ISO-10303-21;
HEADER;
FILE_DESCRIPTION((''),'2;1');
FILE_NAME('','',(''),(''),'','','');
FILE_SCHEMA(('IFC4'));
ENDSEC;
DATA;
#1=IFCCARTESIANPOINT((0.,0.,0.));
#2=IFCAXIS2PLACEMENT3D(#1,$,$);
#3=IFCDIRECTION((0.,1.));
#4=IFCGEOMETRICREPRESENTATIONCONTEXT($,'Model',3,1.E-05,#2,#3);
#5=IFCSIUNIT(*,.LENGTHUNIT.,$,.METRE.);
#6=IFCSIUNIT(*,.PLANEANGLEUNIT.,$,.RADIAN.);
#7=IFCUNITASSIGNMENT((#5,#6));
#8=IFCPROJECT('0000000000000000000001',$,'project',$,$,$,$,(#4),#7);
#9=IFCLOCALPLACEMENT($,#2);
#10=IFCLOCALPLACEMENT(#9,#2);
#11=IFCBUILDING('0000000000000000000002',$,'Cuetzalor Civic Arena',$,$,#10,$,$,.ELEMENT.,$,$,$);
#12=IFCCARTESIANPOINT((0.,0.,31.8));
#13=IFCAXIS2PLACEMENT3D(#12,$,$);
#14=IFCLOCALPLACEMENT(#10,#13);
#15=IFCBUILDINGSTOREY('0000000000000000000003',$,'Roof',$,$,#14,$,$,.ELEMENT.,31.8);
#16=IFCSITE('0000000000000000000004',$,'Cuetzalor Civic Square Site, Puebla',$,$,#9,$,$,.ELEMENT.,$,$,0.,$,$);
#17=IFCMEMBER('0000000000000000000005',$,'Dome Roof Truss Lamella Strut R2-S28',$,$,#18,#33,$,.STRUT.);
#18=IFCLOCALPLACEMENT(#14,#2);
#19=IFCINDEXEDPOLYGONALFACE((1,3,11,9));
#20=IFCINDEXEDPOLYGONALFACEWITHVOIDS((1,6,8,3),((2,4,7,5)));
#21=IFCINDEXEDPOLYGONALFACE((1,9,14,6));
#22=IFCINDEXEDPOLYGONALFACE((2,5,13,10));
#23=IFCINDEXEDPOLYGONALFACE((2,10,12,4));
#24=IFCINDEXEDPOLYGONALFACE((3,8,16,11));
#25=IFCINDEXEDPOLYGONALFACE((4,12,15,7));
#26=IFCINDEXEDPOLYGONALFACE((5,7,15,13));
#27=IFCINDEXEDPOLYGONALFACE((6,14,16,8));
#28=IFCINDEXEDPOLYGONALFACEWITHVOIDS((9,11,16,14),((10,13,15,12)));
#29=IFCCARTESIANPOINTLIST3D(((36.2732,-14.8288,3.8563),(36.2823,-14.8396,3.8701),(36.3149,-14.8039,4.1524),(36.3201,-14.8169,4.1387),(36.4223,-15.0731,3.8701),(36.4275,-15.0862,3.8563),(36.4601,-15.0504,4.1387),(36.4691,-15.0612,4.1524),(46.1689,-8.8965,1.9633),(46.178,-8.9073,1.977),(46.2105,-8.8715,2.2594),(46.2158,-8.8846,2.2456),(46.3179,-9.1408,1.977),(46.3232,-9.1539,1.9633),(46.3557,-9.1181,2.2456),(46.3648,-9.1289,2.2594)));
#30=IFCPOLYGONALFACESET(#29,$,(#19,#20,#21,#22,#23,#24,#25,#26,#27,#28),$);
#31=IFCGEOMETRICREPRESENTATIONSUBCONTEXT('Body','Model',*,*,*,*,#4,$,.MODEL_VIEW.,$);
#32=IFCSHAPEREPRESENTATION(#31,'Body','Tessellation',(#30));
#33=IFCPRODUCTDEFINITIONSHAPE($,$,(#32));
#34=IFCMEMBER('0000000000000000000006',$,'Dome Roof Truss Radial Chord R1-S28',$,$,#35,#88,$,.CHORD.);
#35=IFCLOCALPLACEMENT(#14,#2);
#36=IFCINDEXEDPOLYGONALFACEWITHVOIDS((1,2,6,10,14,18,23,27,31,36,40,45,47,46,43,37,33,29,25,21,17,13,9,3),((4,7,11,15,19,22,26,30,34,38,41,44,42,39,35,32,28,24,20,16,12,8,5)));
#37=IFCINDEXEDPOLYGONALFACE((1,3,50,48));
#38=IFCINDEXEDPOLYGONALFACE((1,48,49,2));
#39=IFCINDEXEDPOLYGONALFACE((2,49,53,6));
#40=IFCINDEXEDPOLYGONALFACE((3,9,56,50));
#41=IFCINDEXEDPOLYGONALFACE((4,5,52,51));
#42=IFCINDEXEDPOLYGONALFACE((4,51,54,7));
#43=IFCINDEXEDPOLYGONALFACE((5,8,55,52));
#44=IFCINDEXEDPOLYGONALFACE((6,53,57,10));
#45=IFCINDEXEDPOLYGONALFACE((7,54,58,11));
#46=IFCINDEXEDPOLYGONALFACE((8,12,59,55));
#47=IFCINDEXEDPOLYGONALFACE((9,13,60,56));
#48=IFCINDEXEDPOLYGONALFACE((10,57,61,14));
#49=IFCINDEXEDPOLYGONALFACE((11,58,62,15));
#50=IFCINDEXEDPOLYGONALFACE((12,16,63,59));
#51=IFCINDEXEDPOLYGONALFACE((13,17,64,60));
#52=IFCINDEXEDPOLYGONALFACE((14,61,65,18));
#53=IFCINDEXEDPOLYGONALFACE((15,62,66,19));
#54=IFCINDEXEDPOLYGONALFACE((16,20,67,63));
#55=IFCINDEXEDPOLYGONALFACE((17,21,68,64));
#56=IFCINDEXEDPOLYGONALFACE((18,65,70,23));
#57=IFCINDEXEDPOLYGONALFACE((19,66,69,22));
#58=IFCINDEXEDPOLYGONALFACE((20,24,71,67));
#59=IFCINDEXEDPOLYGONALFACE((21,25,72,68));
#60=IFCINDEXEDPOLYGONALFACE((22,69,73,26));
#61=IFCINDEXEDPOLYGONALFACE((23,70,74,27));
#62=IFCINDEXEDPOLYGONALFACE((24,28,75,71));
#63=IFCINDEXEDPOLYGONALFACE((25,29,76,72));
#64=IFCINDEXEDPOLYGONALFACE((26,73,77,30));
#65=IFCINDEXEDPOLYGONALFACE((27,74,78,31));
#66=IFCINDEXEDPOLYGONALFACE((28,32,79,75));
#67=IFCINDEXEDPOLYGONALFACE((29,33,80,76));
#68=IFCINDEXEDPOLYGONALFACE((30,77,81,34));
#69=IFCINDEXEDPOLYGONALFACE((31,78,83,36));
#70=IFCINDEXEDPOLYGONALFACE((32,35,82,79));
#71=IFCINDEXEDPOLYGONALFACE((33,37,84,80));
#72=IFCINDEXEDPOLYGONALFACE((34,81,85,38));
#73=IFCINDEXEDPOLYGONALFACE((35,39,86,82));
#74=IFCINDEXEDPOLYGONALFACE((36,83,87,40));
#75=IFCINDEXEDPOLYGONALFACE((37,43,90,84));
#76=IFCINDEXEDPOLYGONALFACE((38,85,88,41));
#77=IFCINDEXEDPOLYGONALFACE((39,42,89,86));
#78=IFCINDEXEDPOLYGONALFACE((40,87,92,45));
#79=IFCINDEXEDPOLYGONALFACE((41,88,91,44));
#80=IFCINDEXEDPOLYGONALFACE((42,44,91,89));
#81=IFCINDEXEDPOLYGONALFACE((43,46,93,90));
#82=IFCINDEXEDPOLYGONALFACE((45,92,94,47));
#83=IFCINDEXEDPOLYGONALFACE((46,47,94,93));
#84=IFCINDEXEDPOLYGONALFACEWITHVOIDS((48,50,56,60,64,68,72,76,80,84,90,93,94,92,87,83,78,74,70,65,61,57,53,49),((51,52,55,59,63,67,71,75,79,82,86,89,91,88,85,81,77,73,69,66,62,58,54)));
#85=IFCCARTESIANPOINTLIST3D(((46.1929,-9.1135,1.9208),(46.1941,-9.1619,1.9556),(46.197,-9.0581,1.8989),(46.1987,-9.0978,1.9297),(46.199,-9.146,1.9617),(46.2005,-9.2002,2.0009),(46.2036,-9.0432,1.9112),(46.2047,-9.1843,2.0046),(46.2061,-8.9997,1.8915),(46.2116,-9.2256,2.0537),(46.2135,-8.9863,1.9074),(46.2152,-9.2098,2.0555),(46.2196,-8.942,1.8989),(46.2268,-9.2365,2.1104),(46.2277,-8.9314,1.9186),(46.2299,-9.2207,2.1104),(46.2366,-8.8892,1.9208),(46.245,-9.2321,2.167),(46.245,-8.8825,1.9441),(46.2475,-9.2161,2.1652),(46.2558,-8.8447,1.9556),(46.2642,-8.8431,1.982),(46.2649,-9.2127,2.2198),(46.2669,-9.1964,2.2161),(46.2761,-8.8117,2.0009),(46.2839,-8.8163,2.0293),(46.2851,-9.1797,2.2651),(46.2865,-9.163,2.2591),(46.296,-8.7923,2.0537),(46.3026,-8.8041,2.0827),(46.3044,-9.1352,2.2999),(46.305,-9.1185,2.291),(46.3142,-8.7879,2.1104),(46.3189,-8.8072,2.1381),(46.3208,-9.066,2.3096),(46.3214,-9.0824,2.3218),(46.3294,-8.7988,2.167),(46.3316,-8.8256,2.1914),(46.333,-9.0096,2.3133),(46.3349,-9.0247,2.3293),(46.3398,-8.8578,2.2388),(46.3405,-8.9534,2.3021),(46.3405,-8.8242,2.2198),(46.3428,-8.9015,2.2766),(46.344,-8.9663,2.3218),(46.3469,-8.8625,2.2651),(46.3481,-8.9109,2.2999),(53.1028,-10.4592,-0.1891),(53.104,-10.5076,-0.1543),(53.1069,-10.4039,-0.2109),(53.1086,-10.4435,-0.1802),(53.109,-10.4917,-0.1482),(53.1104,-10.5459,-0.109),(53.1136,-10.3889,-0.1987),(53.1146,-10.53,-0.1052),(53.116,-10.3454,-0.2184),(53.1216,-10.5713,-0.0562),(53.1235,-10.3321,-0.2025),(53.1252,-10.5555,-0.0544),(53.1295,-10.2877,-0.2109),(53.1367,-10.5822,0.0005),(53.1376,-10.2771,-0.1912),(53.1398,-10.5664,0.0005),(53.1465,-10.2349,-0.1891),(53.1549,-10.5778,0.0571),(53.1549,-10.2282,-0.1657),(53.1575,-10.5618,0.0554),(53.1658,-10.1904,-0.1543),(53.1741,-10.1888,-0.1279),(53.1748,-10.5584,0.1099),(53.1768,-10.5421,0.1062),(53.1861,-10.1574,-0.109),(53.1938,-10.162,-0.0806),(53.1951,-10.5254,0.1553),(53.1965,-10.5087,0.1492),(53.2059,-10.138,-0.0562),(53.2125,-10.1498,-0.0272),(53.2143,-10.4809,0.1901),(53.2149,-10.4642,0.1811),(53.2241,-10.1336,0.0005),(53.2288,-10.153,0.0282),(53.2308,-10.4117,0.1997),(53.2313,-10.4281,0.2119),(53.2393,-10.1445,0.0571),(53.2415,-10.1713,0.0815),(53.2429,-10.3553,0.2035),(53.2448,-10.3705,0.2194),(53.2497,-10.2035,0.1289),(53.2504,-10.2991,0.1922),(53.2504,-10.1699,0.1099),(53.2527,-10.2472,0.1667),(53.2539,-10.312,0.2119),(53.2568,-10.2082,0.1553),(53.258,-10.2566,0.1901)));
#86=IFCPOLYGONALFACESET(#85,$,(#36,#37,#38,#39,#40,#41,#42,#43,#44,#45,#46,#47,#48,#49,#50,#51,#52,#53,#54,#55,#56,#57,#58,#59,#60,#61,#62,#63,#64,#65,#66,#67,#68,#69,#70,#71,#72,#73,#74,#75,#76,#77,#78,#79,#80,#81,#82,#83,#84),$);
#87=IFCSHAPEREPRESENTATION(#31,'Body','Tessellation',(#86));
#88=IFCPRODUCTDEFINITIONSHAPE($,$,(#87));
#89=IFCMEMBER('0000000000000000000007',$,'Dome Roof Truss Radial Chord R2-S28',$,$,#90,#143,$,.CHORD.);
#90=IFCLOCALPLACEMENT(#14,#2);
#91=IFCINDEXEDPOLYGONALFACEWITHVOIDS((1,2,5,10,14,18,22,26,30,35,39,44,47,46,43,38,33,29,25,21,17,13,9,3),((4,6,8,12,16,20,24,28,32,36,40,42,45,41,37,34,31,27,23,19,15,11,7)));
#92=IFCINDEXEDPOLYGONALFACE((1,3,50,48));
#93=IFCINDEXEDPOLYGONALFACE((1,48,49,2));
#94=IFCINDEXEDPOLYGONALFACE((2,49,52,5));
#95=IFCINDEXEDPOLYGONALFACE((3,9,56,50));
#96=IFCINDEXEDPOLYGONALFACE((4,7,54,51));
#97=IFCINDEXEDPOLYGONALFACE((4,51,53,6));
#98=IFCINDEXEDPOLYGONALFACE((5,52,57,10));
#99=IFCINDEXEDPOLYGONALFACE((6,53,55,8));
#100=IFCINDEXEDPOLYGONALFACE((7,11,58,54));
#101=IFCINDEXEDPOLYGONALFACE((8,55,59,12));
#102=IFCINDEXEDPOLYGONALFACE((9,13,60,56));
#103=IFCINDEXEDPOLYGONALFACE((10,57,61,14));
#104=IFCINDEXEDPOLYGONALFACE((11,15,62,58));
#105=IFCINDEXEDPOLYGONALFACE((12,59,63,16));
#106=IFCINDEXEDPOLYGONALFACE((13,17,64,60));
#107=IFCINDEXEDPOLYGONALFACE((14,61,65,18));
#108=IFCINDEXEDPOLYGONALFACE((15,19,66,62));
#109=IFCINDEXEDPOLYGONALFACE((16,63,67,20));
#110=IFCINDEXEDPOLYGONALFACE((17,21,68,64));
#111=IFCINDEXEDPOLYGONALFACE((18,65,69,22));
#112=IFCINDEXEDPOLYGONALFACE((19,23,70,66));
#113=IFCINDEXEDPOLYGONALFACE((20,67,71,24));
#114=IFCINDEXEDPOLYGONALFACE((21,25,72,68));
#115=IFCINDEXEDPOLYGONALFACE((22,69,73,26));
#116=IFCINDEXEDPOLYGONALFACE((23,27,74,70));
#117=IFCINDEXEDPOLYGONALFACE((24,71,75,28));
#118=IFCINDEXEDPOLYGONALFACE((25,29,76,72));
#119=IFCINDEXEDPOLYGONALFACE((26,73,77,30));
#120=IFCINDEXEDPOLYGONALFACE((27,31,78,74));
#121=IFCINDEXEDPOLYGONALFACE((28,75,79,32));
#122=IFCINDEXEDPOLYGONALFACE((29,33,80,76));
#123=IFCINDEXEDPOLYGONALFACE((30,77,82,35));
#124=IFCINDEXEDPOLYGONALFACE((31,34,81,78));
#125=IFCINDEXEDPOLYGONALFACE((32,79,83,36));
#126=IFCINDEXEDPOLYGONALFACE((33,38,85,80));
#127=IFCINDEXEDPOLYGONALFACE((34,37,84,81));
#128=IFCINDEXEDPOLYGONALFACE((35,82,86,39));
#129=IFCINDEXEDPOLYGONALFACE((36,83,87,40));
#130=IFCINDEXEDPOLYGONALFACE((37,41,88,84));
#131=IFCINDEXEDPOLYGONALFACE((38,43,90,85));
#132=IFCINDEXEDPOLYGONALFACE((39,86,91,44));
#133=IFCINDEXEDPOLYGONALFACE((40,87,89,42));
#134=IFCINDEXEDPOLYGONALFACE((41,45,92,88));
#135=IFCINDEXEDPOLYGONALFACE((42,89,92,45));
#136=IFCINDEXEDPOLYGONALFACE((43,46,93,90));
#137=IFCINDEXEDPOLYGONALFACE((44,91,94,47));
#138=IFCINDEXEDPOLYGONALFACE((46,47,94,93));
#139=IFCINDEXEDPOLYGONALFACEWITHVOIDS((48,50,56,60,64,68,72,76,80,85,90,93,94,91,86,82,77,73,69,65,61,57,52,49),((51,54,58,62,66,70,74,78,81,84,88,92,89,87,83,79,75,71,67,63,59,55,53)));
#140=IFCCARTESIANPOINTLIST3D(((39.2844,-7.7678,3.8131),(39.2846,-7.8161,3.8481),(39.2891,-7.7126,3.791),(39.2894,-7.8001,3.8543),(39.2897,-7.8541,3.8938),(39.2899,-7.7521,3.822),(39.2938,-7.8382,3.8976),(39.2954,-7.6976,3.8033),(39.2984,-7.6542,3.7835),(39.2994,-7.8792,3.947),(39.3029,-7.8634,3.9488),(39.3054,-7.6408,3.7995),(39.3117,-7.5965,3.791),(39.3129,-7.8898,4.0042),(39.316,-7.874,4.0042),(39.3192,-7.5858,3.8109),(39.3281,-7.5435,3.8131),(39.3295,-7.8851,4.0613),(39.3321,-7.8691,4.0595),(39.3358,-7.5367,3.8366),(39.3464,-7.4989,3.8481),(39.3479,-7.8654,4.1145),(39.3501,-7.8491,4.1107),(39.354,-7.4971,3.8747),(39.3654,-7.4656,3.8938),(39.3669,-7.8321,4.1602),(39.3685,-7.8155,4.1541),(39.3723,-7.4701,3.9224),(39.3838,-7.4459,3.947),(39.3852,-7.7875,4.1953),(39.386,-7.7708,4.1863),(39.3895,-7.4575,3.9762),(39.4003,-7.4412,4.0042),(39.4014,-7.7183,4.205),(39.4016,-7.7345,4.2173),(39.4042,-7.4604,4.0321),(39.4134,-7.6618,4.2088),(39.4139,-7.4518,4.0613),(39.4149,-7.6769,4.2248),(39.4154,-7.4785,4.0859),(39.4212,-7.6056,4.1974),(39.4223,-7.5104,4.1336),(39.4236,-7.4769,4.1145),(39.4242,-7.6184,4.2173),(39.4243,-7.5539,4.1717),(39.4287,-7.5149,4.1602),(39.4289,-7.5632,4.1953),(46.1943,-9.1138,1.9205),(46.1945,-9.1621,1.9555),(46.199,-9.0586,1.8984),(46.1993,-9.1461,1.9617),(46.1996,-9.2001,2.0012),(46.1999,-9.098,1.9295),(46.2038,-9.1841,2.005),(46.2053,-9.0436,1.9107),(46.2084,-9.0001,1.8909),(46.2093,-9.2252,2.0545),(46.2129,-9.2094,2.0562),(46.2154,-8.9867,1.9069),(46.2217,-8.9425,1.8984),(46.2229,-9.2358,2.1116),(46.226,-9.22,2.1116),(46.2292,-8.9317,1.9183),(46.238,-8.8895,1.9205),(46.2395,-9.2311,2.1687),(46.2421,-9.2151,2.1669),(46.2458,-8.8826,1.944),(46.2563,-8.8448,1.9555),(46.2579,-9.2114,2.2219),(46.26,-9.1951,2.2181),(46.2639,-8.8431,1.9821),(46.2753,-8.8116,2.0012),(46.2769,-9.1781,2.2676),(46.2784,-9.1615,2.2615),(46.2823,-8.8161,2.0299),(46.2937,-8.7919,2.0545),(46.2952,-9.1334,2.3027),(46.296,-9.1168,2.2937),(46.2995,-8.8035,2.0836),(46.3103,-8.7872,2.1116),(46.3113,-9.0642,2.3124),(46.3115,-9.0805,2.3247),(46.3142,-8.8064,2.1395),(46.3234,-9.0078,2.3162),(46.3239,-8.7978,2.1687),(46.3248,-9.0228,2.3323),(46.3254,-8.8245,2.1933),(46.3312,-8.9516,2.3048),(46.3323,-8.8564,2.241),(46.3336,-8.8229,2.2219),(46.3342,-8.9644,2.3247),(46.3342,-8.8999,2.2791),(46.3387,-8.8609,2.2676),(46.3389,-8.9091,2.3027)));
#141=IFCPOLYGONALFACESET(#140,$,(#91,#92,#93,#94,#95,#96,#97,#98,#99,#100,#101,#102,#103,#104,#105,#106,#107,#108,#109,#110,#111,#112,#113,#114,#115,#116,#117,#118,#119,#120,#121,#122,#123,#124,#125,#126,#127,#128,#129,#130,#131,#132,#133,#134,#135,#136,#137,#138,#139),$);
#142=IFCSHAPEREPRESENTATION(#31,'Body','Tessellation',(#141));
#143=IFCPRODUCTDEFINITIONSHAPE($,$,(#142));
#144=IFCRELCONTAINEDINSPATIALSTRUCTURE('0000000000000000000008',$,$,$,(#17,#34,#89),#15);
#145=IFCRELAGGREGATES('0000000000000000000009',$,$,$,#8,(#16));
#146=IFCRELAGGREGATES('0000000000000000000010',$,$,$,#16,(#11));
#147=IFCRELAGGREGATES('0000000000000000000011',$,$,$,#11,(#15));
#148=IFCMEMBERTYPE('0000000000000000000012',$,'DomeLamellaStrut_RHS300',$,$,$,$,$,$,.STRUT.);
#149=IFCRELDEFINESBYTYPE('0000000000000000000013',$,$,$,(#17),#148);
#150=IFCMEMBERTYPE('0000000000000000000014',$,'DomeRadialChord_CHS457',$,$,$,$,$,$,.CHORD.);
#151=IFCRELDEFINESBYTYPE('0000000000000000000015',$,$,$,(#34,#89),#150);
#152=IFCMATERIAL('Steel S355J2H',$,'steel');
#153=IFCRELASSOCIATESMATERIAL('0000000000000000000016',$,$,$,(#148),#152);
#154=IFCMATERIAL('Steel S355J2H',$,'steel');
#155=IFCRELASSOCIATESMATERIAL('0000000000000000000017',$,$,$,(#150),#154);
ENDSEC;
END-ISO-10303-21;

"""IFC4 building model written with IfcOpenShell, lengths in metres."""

from ifc_helpers import new_model, si_unit, direction, frame, origin, origin_2d, place, context, subcontext, project, spatial, hollow_rectangle, hollow_circle, extrude, material, material_profile, profile_set, type_object, element, save


model = new_model("IFC4")

# Units and contexts
model_context = context("Model", 3, precision=1e-05, world=origin(), true_north=direction((0.0, 1.0)))
body_context = subcontext(model_context, "Body", "Model", "MODEL_VIEW")
ifc_project = project(units=[si_unit("LENGTHUNIT", "METRE"), si_unit("PLANEANGLEUNIT", "RADIAN")], contexts=[model_context])

# Site, building, storey
site_placement = place(None, origin())
site = spatial("IfcSite", under=ifc_project, at=site_placement, Name="Cuetzalor Civic Square Site, Puebla", CompositionType="ELEMENT", RefElevation=0.0)
building_placement = place(site_placement, origin())
building = spatial("IfcBuilding", under=site, at=building_placement, Name="Cuetzalor Civic Arena", CompositionType="ELEMENT")
storey_placement = place(building_placement, frame((0.0, 0.0, 31.8)))
storey = spatial("IfcBuildingStorey", under=building, at=storey_placement, Name="Roof", CompositionType="ELEMENT", Elevation=31.8)

# Members
ifc_material_1 = material(Name="Steel S355J2H", Category="steel")
ifc_material_profile_1 = material_profile(ifc_material_1, hollow_rectangle(XDim=0.3, YDim=0.3, WallThickness=0.0139, at=origin_2d()), Name="RHS 300x300x14")
ifc_profile_set_1 = profile_set([ifc_material_profile_1], Name="Steel S355J2H")
member_type_1 = type_object("IfcMemberType", Name="DomeLamellaStrut_RHS300", PredefinedType="STRUT", material=ifc_profile_set_1)
member_1_placement = place(storey_placement, frame((46.2668, -9.0127, 2.1113), z_axis=(-0.84637, -0.507388, 0.161911), x_axis=(0.514172, -0.857687, 0.0)))
element("IfcMember", 1, at=member_1_placement, inside=storey, type_object=member_type_1, Name="Dome Roof Truss Lamella Strut R2-S28", PredefinedType="STRUT", context=body_context, shape_type="SweptSolid", body=[
    extrude(hollow_rectangle(XDim=0.3, YDim=0.3, WallThickness=0.0139, at=origin_2d()), origin(), (0.0, 0.0, 1.0), 11.6919),
])
ifc_material_2 = material(Name="Steel S355J2H", Category="steel")
ifc_material_profile_2 = material_profile(ifc_material_2, hollow_circle(Radius=0.2285, WallThickness=0.0161, at=origin_2d()), Name="CHS 457x16")
ifc_profile_set_2 = profile_set([ifc_material_profile_2], Name="Steel S355J2H")
member_type_2 = type_object("IfcMemberType", Name="DomeRadialChord_CHS457", PredefinedType="CHORD", material=ifc_profile_set_2)
member_2_placement = place(storey_placement, frame((53.1804, -10.3579, 0.0005), z_axis=(-0.940239, 0.183111, 0.287091), x_axis=(-0.191158, -0.981559, 0.0)))
element("IfcMember", 2, at=member_2_placement, inside=storey, type_object=member_type_2, Name="Dome Roof Truss Radial Chord R1-S28", PredefinedType="CHORD", context=body_context, shape_type="SweptSolid", body=[
    extrude(hollow_circle(Radius=0.2285, WallThickness=0.0161, at=origin_2d()), origin(), (0.0, 0.0, 1.0), 7.3491),
])
member_3_placement = place(storey_placement, frame((46.2666, -9.0115, 2.1116), z_axis=(-0.947896, 0.184636, 0.259622), x_axis=(-0.191192, -0.981553, 0.0)))
element("IfcMember", 3, at=member_3_placement, inside=storey, type_object=member_type_2, Name="Dome Roof Truss Radial Chord R2-S28", PredefinedType="CHORD", context=body_context, shape_type="SweptSolid", body=[
    extrude(hollow_circle(Radius=0.2285, WallThickness=0.0161, at=origin_2d()), origin(), (0.0, 0.0, 1.0), 7.2898),
])

save(model, "model.ifc")
